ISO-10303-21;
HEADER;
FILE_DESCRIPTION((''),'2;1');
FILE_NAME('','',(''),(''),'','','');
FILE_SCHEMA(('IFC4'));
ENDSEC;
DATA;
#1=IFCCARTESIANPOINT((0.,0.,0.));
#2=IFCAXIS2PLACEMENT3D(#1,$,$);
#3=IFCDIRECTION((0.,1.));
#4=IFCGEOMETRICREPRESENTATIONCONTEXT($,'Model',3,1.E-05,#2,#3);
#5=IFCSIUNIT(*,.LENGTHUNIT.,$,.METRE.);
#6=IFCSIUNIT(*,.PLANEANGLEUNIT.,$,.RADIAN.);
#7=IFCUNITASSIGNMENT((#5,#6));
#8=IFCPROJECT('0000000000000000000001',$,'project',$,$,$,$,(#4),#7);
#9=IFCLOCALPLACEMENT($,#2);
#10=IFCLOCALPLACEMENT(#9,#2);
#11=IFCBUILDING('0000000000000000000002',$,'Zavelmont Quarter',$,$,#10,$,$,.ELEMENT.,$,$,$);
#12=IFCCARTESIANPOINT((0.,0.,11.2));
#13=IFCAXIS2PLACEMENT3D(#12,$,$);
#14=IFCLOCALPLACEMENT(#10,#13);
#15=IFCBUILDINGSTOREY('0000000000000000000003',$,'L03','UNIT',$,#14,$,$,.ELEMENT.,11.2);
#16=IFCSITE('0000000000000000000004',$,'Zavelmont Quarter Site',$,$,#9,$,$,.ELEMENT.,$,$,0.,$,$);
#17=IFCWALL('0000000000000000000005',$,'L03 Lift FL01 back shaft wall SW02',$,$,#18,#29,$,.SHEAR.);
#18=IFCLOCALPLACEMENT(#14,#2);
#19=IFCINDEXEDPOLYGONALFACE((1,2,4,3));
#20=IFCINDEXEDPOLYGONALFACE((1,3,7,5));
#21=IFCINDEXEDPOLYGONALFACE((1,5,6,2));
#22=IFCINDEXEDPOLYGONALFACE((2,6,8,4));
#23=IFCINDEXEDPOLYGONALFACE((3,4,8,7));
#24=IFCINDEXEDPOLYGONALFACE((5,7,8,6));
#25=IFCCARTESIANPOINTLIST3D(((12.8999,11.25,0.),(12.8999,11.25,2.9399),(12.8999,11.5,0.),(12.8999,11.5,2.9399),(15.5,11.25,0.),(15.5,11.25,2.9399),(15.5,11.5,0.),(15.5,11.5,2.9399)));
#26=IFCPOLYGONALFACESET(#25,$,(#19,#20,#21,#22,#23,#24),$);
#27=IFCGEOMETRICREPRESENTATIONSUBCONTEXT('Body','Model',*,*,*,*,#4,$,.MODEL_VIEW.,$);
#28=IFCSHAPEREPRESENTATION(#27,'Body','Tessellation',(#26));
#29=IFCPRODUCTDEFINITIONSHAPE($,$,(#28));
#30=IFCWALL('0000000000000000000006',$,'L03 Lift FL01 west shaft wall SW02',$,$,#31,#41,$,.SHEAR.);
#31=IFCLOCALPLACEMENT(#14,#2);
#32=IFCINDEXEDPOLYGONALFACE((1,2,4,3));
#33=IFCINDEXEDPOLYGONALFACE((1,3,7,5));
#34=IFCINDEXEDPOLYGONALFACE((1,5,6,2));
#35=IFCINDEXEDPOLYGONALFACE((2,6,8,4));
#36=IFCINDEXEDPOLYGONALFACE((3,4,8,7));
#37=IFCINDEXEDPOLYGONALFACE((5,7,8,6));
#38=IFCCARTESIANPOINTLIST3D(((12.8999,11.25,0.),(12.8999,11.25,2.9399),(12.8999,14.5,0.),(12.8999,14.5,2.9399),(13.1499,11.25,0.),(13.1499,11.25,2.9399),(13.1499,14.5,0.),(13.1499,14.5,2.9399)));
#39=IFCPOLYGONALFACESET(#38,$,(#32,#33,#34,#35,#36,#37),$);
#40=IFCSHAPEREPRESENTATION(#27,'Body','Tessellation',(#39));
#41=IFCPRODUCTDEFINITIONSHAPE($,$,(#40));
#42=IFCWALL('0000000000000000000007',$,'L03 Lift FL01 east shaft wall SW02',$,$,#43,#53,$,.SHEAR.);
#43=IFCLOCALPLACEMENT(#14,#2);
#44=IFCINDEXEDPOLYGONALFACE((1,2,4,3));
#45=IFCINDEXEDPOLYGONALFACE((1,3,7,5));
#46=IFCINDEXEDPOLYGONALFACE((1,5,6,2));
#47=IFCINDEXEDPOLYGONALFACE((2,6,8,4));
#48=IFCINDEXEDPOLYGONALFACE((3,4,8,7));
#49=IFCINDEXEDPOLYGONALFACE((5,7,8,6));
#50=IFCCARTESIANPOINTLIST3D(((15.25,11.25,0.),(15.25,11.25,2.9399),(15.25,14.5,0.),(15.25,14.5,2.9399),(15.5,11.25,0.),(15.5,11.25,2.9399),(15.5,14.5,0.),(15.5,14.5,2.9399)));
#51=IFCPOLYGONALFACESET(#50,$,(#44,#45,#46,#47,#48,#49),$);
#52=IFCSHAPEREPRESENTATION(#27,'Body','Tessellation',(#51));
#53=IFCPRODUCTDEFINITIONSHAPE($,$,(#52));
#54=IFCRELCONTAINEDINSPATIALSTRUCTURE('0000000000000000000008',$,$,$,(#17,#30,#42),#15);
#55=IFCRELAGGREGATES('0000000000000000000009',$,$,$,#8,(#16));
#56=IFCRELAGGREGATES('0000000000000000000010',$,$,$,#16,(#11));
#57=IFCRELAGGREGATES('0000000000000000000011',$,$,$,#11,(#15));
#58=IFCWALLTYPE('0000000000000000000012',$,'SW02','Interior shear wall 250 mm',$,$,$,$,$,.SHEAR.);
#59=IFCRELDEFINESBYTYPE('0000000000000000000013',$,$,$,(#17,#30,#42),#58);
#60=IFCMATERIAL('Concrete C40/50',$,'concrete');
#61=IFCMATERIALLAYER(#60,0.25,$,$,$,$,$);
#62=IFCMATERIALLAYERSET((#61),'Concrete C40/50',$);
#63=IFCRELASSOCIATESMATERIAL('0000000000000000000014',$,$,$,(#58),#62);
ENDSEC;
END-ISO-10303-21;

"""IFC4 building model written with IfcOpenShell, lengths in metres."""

from ifc_helpers import new_model, si_unit, direction, frame, frame_2d, origin, place, context, subcontext, project, spatial, rectangle, extrude, material, layer, layer_set, type_object, element, save


model = new_model("IFC4")

# Units and contexts
model_context = context("Model", 3, precision=1e-05, world=origin(), true_north=direction((0.0, 1.0)))
body_context = subcontext(model_context, "Body", "Model", "MODEL_VIEW")
ifc_project = project(units=[si_unit("LENGTHUNIT", "METRE"), si_unit("PLANEANGLEUNIT", "RADIAN")], contexts=[model_context])

# Site, building, storey
site_placement = place(None, origin())
site = spatial("IfcSite", under=ifc_project, at=site_placement, Name="Zavelmont Quarter Site", CompositionType="ELEMENT", RefElevation=0.0)
building_placement = place(site_placement, origin())
building = spatial("IfcBuilding", under=site, at=building_placement, Name="Zavelmont Quarter", CompositionType="ELEMENT")
storey_placement = place(building_placement, frame((0.0, 0.0, 11.2)))
storey = spatial("IfcBuildingStorey", under=building, at=storey_placement, Name="L03", Description="UNIT", CompositionType="ELEMENT", Elevation=11.2)

# Shared definitions
ifc_material_1 = material(Name="Concrete C40/50", Category="concrete")

# Shared definitions
ifc_layer_1 = layer(ifc_material_1, 0.25)
ifc_layer_set_1 = layer_set([ifc_layer_1], Name="Concrete C40/50")
wall_type_1 = type_object("IfcWallType", Name="SW02", Description="Interior shear wall 250 mm", PredefinedType="SHEAR", material=ifc_layer_set_1)

# Walls
wall_1_placement = place(storey_placement, frame((12.8999, 11.375, 0.0), z_axis=(0.0, 0.0, 1.0), x_axis=(1.0, 0.0, 0.0)))
element("IfcWall", 1, at=wall_1_placement, inside=storey, type_object=wall_type_1, Name="L03 Lift FL01 back shaft wall SW02", PredefinedType="SHEAR", context=body_context, shape_type="SweptSolid", body=[
    extrude(rectangle(XDim=2.6001, YDim=0.25, at=frame_2d((1.3, 0.0))), origin(), (0.0, 0.0, 1.0), 2.9399),
])
for number, where, z_axis, x_axis, name in (
    (2, (13.0249, 11.25, 0.0), (0.0, 0.0, 1.0), (0.0, 1.0, 0.0), "L03 Lift FL01 west shaft wall SW02"),
    (3, (15.375, 11.25, 0.0), (0.0, 0.0, 1.0), (0.0, 1.0, 0.0), "L03 Lift FL01 east shaft wall SW02"),
):
    element("IfcWall", number, at=place(storey_placement, frame(where, z_axis=z_axis, x_axis=x_axis)), inside=storey, type_object=wall_type_1, Name=name, PredefinedType="SHEAR", context=body_context, shape_type="SweptSolid", body=[
        extrude(rectangle(XDim=3.25, YDim=0.25, at=frame_2d((1.625, 0.0))), origin(), (0.0, 0.0, 1.0), 2.9399),
    ])

save(model, "model.ifc")
